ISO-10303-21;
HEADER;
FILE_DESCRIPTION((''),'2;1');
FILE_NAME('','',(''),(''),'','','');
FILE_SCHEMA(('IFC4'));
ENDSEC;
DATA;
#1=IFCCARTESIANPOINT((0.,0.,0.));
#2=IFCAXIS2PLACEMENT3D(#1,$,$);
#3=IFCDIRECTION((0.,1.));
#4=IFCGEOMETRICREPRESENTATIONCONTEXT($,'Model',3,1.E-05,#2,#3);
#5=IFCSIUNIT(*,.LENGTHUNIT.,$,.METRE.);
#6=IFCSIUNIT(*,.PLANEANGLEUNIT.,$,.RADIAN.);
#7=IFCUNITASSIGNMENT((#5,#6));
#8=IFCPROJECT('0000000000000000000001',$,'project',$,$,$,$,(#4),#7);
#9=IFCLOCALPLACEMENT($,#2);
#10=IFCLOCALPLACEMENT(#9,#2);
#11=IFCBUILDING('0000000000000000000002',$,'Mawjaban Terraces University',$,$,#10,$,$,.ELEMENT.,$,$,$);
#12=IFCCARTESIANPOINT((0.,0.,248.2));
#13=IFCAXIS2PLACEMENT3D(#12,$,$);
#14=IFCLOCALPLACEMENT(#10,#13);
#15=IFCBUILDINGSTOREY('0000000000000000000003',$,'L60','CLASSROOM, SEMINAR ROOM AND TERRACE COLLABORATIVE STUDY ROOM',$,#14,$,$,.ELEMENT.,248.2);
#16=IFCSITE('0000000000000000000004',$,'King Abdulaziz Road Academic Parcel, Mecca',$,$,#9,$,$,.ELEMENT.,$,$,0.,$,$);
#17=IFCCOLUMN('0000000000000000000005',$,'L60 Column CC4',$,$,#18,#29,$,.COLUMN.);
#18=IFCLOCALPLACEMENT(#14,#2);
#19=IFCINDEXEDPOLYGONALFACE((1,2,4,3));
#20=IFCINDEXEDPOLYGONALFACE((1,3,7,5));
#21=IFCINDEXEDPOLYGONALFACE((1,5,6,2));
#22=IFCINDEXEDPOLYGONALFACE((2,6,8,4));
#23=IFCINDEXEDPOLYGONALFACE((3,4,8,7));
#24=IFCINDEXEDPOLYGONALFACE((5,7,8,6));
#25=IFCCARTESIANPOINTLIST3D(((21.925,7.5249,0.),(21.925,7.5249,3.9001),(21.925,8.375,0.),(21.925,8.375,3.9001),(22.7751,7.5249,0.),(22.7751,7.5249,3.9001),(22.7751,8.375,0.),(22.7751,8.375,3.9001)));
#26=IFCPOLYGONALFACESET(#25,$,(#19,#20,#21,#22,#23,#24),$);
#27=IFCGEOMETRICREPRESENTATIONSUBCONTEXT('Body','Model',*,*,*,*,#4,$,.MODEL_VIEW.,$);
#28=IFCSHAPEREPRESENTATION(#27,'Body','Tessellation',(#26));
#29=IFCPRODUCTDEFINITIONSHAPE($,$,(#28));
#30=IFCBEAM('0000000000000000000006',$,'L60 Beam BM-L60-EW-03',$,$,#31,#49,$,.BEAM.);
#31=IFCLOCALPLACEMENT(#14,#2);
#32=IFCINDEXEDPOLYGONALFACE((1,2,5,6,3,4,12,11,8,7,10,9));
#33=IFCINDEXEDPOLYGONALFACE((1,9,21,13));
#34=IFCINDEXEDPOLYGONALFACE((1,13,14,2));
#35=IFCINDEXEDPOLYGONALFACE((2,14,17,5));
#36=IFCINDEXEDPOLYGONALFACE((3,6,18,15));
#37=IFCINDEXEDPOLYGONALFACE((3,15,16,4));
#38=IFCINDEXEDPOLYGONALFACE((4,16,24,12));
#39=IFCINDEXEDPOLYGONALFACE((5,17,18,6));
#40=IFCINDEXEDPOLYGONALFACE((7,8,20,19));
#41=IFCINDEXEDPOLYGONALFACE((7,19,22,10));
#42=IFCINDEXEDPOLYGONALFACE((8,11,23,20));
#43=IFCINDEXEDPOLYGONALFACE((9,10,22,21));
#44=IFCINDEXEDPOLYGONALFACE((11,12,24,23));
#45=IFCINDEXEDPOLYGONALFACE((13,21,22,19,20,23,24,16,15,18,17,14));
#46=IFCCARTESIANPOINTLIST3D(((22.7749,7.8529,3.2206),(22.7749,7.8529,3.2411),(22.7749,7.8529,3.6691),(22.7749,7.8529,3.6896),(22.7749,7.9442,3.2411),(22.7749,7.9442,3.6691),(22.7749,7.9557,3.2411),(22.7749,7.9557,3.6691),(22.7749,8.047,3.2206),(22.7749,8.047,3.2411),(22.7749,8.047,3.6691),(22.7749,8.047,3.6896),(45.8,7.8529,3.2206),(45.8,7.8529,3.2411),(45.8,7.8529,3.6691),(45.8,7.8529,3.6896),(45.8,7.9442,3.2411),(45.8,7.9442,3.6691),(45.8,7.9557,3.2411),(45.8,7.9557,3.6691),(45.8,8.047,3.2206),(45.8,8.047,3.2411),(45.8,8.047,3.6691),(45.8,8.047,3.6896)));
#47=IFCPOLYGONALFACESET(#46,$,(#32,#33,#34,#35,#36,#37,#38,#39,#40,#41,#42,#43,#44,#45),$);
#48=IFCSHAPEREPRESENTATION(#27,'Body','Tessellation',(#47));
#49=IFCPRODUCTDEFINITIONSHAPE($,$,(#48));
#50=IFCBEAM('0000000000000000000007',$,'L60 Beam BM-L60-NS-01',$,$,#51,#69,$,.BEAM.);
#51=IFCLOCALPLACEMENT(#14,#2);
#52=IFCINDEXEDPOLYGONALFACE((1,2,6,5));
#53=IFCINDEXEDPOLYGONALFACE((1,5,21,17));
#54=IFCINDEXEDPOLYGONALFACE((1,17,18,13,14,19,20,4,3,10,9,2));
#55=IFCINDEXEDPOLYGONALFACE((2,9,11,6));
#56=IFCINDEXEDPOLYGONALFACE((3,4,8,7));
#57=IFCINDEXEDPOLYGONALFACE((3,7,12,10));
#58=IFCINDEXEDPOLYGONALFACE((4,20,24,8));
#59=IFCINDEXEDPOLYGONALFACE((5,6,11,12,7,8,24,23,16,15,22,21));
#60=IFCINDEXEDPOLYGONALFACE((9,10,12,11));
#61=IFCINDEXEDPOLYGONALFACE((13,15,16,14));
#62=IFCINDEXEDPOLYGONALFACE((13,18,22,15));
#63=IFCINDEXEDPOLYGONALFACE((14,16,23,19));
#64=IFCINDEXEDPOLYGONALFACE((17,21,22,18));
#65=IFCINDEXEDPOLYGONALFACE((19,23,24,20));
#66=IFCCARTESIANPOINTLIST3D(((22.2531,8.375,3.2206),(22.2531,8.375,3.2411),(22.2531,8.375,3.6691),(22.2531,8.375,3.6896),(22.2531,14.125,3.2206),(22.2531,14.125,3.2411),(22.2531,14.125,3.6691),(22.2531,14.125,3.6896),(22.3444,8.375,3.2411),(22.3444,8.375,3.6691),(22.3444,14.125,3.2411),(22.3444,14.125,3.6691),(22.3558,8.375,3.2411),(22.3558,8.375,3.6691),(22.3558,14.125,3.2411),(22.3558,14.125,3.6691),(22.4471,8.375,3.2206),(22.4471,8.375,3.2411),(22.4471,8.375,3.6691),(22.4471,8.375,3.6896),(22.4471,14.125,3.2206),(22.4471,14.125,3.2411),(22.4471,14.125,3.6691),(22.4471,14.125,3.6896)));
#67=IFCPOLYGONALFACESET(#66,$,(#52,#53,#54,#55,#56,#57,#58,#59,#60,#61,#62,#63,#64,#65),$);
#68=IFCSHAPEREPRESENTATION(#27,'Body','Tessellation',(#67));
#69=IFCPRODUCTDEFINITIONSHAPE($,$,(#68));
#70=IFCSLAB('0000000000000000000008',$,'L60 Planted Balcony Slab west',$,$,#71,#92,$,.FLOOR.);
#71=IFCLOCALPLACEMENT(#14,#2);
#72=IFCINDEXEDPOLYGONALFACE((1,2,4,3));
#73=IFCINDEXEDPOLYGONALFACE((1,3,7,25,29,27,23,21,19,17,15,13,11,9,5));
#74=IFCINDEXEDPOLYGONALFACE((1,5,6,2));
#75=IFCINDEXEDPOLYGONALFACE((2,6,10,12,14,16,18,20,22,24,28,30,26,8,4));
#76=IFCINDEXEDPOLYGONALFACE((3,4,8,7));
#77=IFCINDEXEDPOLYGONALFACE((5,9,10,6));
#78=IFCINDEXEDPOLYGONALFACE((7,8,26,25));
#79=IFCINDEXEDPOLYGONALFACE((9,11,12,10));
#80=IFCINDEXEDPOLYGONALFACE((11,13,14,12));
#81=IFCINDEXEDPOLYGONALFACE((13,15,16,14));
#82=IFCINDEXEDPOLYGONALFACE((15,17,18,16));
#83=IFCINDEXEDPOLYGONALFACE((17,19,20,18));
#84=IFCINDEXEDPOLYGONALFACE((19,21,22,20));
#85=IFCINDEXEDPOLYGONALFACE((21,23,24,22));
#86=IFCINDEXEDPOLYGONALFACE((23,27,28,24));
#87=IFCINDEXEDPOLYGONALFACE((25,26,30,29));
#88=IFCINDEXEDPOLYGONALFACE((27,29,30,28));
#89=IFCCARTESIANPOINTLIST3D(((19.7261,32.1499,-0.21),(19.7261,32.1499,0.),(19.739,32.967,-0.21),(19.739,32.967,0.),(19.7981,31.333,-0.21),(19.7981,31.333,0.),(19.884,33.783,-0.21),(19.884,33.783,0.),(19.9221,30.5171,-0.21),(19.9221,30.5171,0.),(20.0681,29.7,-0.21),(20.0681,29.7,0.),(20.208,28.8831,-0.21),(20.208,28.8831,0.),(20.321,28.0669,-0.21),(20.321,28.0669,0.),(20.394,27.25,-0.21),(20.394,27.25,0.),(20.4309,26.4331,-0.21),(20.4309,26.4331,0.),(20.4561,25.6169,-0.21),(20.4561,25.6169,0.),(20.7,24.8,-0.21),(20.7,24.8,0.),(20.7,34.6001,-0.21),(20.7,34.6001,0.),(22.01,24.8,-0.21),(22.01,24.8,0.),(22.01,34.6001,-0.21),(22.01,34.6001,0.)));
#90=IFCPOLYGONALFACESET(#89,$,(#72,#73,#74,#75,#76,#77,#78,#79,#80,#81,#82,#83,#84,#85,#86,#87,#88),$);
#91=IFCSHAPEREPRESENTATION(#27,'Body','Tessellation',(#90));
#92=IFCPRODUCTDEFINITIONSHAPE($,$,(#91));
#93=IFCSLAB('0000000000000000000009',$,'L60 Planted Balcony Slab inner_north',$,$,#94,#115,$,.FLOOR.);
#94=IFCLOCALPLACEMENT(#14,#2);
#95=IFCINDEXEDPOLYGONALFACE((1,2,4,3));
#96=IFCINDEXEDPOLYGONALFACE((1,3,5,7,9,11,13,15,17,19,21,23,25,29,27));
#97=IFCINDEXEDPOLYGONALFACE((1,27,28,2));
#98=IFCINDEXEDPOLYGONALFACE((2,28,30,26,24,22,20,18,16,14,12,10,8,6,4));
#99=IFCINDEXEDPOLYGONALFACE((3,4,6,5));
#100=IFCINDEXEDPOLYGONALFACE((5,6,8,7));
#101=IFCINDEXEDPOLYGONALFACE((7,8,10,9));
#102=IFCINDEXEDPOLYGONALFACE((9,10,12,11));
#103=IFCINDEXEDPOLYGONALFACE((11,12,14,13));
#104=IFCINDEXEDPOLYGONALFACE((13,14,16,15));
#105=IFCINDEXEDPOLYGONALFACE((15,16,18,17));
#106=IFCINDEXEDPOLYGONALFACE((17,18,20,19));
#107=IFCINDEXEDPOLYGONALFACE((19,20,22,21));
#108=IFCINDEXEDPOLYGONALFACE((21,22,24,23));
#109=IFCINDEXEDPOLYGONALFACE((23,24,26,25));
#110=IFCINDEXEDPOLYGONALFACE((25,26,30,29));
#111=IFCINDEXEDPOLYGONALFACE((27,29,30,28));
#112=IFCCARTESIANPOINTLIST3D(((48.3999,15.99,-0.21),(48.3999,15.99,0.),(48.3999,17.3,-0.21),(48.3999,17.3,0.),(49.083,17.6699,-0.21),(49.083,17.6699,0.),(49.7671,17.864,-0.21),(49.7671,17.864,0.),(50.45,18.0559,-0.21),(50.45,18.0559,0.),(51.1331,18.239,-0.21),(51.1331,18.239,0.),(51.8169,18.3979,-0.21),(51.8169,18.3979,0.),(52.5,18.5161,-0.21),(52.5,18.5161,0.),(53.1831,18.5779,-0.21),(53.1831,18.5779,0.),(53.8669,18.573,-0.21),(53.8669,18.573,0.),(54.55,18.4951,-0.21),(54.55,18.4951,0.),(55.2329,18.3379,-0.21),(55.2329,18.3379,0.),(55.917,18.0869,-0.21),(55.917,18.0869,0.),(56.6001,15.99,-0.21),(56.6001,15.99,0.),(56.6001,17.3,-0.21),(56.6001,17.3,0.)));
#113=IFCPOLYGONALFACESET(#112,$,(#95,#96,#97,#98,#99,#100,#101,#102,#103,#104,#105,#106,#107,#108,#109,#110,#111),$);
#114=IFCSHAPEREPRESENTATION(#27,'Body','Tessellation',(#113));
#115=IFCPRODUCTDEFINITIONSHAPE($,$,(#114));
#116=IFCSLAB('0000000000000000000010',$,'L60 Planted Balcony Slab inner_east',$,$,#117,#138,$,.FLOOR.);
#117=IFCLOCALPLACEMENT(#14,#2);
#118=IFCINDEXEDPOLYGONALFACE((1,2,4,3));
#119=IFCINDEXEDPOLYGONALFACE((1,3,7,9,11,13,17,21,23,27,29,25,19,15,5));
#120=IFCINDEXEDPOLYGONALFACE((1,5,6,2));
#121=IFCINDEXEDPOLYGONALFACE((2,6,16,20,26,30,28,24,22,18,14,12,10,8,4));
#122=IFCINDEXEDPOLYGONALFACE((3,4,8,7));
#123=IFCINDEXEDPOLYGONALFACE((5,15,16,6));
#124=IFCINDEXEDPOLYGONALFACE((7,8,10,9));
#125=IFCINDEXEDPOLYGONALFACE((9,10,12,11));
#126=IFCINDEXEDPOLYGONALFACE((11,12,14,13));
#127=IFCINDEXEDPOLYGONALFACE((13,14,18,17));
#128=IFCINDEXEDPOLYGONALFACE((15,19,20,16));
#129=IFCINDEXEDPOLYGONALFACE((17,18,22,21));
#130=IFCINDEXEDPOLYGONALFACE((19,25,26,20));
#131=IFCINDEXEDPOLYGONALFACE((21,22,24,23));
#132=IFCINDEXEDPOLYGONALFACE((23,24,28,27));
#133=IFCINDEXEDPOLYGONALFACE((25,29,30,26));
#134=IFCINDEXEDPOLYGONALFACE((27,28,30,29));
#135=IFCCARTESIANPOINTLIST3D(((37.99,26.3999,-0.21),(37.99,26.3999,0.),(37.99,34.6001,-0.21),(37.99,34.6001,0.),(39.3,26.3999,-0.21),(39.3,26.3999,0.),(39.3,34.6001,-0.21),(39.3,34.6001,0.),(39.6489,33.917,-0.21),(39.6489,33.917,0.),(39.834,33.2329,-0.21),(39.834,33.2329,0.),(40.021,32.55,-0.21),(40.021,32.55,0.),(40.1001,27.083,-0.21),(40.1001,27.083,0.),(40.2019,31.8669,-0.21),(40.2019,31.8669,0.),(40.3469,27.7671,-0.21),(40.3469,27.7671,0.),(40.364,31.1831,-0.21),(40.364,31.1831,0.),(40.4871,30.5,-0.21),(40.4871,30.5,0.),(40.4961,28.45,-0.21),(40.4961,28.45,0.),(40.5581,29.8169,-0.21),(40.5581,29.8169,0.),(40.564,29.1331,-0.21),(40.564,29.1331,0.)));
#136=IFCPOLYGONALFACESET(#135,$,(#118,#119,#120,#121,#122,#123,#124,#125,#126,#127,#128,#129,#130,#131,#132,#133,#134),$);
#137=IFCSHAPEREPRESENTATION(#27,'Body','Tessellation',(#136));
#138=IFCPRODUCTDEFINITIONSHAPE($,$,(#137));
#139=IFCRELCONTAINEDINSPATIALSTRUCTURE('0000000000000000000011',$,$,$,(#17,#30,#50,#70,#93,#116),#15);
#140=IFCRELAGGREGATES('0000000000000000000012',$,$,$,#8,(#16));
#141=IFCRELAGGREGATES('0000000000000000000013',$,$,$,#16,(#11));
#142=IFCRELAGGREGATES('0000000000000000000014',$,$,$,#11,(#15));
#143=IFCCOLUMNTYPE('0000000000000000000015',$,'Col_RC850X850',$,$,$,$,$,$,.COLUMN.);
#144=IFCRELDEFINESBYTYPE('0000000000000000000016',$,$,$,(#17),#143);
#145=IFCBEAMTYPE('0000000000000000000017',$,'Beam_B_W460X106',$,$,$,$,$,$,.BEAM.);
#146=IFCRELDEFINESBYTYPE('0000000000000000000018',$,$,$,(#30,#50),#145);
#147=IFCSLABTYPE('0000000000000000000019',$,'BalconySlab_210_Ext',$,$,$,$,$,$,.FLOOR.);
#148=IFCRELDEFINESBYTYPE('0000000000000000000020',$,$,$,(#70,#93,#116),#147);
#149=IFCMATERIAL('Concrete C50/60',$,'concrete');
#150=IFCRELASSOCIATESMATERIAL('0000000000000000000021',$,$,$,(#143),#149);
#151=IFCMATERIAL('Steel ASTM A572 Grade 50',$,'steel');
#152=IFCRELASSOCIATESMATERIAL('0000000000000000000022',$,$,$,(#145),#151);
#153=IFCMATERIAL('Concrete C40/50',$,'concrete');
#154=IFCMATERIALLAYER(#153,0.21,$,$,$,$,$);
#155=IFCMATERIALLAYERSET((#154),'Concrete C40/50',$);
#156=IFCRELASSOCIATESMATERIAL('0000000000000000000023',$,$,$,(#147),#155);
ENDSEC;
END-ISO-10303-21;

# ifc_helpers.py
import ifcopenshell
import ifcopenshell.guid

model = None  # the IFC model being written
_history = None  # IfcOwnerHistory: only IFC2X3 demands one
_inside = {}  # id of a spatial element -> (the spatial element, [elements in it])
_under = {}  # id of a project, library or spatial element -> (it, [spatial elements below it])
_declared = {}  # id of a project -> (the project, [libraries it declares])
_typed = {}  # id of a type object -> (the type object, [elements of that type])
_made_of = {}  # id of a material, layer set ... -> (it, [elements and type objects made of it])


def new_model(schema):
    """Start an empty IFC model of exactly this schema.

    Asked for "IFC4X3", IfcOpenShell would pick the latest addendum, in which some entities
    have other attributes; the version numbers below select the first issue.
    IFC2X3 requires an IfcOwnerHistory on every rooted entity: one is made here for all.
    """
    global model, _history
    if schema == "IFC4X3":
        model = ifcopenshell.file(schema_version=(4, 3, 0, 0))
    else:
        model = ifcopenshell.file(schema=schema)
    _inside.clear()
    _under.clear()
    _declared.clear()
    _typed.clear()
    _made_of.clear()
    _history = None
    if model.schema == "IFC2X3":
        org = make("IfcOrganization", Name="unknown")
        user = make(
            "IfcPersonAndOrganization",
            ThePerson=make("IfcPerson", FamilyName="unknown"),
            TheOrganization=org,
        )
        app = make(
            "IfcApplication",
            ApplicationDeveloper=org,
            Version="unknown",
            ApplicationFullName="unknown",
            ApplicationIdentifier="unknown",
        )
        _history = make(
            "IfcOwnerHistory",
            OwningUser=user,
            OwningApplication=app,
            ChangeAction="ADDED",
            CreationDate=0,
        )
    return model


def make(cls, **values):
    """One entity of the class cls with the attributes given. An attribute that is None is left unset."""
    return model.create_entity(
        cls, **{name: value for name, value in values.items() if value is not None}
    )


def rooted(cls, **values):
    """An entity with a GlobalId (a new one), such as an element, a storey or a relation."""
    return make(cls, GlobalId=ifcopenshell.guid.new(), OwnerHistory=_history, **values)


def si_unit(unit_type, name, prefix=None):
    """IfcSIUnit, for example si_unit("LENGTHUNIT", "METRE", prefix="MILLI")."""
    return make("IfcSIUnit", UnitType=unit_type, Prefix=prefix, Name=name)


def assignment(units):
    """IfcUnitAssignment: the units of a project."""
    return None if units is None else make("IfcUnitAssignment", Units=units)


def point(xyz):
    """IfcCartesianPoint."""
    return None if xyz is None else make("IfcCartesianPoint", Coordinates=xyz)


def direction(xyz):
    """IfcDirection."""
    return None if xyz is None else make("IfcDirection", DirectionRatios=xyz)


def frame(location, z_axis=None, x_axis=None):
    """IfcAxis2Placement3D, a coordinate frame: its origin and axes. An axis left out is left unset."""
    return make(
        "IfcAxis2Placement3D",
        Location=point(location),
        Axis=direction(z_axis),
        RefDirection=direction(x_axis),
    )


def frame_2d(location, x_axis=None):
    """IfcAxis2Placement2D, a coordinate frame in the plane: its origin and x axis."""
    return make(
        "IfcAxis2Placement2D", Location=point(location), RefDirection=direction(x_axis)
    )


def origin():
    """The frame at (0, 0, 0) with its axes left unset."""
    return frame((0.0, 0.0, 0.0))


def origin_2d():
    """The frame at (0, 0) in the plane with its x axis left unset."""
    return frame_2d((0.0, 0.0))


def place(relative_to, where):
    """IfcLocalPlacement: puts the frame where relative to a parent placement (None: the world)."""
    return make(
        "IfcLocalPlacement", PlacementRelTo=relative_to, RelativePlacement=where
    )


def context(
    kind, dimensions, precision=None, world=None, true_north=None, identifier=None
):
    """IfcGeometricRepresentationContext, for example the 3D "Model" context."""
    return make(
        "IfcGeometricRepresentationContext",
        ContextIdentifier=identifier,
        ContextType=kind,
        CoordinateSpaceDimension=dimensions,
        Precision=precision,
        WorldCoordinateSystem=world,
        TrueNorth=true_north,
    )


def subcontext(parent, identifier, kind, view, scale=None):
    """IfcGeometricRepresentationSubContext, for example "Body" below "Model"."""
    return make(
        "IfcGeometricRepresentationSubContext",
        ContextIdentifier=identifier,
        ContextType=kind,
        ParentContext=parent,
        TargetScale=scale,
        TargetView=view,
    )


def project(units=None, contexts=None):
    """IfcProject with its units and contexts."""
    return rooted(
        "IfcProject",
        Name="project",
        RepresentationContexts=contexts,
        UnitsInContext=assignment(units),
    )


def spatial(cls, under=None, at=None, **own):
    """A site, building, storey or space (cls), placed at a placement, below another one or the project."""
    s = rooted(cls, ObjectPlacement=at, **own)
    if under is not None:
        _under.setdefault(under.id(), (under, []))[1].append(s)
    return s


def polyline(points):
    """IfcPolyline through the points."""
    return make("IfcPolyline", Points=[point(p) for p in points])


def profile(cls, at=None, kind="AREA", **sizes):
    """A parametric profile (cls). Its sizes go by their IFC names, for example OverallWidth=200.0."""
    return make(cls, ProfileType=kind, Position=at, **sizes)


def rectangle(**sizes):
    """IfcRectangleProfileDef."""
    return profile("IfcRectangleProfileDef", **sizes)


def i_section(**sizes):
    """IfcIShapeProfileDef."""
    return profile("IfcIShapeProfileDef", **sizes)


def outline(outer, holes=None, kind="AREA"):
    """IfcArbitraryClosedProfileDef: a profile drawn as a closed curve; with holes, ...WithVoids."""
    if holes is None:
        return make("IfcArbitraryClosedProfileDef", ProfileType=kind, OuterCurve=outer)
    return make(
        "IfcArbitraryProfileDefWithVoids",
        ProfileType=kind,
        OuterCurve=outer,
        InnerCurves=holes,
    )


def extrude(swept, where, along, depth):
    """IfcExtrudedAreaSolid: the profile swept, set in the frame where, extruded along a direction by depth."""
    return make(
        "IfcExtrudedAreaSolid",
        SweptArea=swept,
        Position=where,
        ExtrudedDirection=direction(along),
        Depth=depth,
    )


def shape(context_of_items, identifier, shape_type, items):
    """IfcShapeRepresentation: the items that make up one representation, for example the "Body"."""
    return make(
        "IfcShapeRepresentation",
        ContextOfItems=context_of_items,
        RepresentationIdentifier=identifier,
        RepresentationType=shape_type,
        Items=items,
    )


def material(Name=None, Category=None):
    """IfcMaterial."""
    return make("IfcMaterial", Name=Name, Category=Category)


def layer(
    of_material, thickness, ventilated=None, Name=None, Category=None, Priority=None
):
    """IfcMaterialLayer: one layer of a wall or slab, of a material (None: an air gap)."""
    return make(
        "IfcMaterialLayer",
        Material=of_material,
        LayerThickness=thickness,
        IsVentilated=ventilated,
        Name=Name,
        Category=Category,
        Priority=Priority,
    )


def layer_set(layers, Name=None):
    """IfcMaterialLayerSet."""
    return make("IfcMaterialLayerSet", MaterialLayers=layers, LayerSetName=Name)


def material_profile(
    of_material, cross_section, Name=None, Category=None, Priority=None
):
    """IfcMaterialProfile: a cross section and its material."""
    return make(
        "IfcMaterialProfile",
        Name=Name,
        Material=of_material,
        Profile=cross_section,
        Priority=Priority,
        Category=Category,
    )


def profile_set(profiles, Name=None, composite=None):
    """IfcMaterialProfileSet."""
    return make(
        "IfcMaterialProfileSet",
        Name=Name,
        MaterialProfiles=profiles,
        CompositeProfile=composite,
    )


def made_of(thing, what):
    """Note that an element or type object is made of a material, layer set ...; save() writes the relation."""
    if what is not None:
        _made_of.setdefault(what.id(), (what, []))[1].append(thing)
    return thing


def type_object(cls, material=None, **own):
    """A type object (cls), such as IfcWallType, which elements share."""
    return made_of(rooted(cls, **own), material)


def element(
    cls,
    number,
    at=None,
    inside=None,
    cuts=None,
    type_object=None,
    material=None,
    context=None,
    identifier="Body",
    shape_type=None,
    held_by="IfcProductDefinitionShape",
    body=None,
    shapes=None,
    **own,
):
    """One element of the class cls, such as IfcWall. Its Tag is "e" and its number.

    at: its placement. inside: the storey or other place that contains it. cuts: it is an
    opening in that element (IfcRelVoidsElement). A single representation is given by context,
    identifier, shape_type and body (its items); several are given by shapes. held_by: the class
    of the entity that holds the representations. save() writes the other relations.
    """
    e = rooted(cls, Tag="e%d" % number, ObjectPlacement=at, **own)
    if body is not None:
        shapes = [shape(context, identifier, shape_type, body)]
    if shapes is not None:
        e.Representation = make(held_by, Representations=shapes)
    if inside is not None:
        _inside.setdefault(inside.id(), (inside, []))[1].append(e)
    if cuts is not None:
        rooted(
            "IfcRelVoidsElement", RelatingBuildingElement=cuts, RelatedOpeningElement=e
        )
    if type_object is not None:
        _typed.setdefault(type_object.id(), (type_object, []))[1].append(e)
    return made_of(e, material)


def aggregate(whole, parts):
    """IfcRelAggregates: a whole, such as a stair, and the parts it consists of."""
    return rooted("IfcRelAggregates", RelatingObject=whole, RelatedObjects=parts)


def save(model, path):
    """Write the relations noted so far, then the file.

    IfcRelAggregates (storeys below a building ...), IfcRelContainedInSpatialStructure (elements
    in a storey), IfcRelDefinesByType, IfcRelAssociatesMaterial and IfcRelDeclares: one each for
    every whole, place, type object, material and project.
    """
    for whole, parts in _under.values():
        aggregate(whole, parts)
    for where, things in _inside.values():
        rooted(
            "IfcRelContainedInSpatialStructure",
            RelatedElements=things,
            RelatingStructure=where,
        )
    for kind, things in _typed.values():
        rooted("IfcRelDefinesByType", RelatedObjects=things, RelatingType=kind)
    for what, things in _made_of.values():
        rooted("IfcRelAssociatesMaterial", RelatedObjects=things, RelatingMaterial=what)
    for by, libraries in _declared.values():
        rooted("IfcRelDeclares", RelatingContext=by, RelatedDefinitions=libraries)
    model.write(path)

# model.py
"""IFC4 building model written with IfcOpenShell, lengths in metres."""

from ifc_helpers import new_model, si_unit, direction, frame, origin, origin_2d, place, context, subcontext, project, spatial, polyline, rectangle, i_section, outline, extrude, material, layer, layer_set, material_profile, profile_set, type_object, element, save


model = new_model("IFC4")

# Units and contexts
model_context = context("Model", 3, precision=1e-05, world=origin(), true_north=direction((0.0, 1.0)))
body_context = subcontext(model_context, "Body", "Model", "MODEL_VIEW")
ifc_project = project(units=[si_unit("LENGTHUNIT", "METRE"), si_unit("PLANEANGLEUNIT", "RADIAN")], contexts=[model_context])

# Site, building, storey
site_placement = place(None, origin())
site = spatial("IfcSite", under=ifc_project, at=site_placement, Name="King Abdulaziz Road Academic Parcel, Mecca", CompositionType="ELEMENT", RefElevation=0.0)
building_placement = place(site_placement, origin())
building = spatial("IfcBuilding", under=site, at=building_placement, Name="Mawjaban Terraces University", CompositionType="ELEMENT")
storey_placement = place(building_placement, frame((0.0, 0.0, 248.2)))
storey = spatial("IfcBuildingStorey", under=building, at=storey_placement, Name="L60", Description="CLASSROOM, SEMINAR ROOM AND TERRACE COLLABORATIVE STUDY ROOM", CompositionType="ELEMENT", Elevation=248.2)

# Column
ifc_material_1 = material(Name="Concrete C50/60", Category="concrete")
ifc_material_profile_1 = material_profile(ifc_material_1, rectangle(XDim=0.8501, YDim=0.8501, at=origin_2d()), Name="RC850X850")
ifc_profile_set_1 = profile_set([ifc_material_profile_1], Name="Concrete C50/60")
column_type = type_object("IfcColumnType", Name="Col_RC850X850", PredefinedType="COLUMN", material=ifc_profile_set_1)
column_placement = place(storey_placement, frame((22.3501, 7.95, 0.0), z_axis=(0.0, 0.0, 1.0), x_axis=(1.0, 0.0, 0.0)))
element("IfcColumn", 1, at=column_placement, inside=storey, type_object=column_type, Name="L60 Column CC4", PredefinedType="COLUMN", context=body_context, shape_type="SweptSolid", body=[
    extrude(rectangle(XDim=0.8501, YDim=0.8501, at=origin_2d()), origin(), (0.0, 0.0, 1.0), 3.9001),
])

# Beams
ifc_material_2 = material(Name="Steel ASTM A572 Grade 50", Category="steel")
ifc_material_profile_2 = material_profile(ifc_material_2, i_section(OverallWidth=0.1941, OverallDepth=0.469, WebThickness=0.0115, FlangeThickness=0.0205, at=origin_2d()), Name="W460X106")
ifc_profile_set_2 = profile_set([ifc_material_profile_2], Name="Steel ASTM A572 Grade 50")
beam_type = type_object("IfcBeamType", Name="Beam_B_W460X106", PredefinedType="BEAM", material=ifc_profile_set_2)
beam_1_placement = place(storey_placement, frame((22.7749, 7.95, 3.4551), z_axis=(1.0, 0.0, 0.0), x_axis=(0.0, 1.0, 0.0)))
element("IfcBeam", 2, at=beam_1_placement, inside=storey, type_object=beam_type, Name="L60 Beam BM-L60-EW-03", PredefinedType="BEAM", context=body_context, shape_type="SweptSolid", body=[
    extrude(i_section(OverallWidth=0.1941, OverallDepth=0.469, WebThickness=0.0115, FlangeThickness=0.0205, at=origin_2d()), origin(), (0.0, 0.0, 1.0), 23.0251),
])
beam_2_placement = place(storey_placement, frame((22.3501, 8.375, 3.4551), z_axis=(0.0, 1.0, 0.0), x_axis=(-1.0, 0.0, 0.0)))
element("IfcBeam", 3, at=beam_2_placement, inside=storey, type_object=beam_type, Name="L60 Beam BM-L60-NS-01", PredefinedType="BEAM", context=body_context, shape_type="SweptSolid", body=[
    extrude(i_section(OverallWidth=0.1941, OverallDepth=0.469, WebThickness=0.0115, FlangeThickness=0.0205, at=origin_2d()), origin(), (0.0, 0.0, 1.0), 5.75),
])

# Slabs
ifc_material_3 = material(Name="Concrete C40/50", Category="concrete")
ifc_layer_1 = layer(ifc_material_3, 0.21)
ifc_layer_set_1 = layer_set([ifc_layer_1], Name="Concrete C40/50")
slab_type_1 = type_object("IfcSlabType", Name="BalconySlab_210_Ext", PredefinedType="FLOOR", material=ifc_layer_set_1)
slab_1_placement = place(storey_placement, frame((0.0, 0.0, -0.21)))
element("IfcSlab", 4, at=slab_1_placement, inside=storey, type_object=slab_type_1, Name="L60 Planted Balcony Slab west", PredefinedType="FLOOR", context=body_context, shape_type="SweptSolid", body=[
    extrude(outline(polyline([(22.01, 24.8), (22.01, 34.6001), (20.7, 34.6001), (19.884, 33.783), (19.739, 32.967), (19.7261, 32.1499), (19.7981, 31.333), (19.9221, 30.5171), (20.0681, 29.7), (20.208, 28.8831), (20.321, 28.0669), (20.394, 27.25), (20.4309, 26.4331), (20.4561, 25.6169), (20.7, 24.8), (22.01, 24.8)])), origin(), (0.0, 0.0, 1.0), 0.21),
])
slab_2_placement = place(storey_placement, frame((0.0, 0.0, -0.21)))
element("IfcSlab", 5, at=slab_2_placement, inside=storey, type_object=slab_type_1, Name="L60 Planted Balcony Slab inner_north", PredefinedType="FLOOR", context=body_context, shape_type="SweptSolid", body=[
    extrude(outline(polyline([(48.3999, 15.99), (56.6001, 15.99), (56.6001, 17.3), (55.917, 18.0869), (55.2329, 18.3379), (54.55, 18.4951), (53.8669, 18.573), (53.1831, 18.5779), (52.5, 18.5161), (51.8169, 18.3979), (51.1331, 18.239), (50.45, 18.0559), (49.7671, 17.864), (49.083, 17.6699), (48.3999, 17.3), (48.3999, 15.99)])), origin(), (0.0, 0.0, 1.0), 0.21),
])
slab_3_placement = place(storey_placement, frame((0.0, 0.0, -0.21)))
element("IfcSlab", 6, at=slab_3_placement, inside=storey, type_object=slab_type_1, Name="L60 Planted Balcony Slab inner_east", PredefinedType="FLOOR", context=body_context, shape_type="SweptSolid", body=[
    extrude(outline(polyline([(39.3, 26.3999), (40.1001, 27.083), (40.3469, 27.7671), (40.4961, 28.45), (40.564, 29.1331), (40.5581, 29.8169), (40.4871, 30.5), (40.364, 31.1831), (40.2019, 31.8669), (40.021, 32.55), (39.834, 33.2329), (39.6489, 33.917), (39.3, 34.6001), (37.99, 34.6001), (37.99, 26.3999), (39.3, 26.3999)])), origin(), (0.0, 0.0, 1.0), 0.21),
])

save(model, "model.ifc")
